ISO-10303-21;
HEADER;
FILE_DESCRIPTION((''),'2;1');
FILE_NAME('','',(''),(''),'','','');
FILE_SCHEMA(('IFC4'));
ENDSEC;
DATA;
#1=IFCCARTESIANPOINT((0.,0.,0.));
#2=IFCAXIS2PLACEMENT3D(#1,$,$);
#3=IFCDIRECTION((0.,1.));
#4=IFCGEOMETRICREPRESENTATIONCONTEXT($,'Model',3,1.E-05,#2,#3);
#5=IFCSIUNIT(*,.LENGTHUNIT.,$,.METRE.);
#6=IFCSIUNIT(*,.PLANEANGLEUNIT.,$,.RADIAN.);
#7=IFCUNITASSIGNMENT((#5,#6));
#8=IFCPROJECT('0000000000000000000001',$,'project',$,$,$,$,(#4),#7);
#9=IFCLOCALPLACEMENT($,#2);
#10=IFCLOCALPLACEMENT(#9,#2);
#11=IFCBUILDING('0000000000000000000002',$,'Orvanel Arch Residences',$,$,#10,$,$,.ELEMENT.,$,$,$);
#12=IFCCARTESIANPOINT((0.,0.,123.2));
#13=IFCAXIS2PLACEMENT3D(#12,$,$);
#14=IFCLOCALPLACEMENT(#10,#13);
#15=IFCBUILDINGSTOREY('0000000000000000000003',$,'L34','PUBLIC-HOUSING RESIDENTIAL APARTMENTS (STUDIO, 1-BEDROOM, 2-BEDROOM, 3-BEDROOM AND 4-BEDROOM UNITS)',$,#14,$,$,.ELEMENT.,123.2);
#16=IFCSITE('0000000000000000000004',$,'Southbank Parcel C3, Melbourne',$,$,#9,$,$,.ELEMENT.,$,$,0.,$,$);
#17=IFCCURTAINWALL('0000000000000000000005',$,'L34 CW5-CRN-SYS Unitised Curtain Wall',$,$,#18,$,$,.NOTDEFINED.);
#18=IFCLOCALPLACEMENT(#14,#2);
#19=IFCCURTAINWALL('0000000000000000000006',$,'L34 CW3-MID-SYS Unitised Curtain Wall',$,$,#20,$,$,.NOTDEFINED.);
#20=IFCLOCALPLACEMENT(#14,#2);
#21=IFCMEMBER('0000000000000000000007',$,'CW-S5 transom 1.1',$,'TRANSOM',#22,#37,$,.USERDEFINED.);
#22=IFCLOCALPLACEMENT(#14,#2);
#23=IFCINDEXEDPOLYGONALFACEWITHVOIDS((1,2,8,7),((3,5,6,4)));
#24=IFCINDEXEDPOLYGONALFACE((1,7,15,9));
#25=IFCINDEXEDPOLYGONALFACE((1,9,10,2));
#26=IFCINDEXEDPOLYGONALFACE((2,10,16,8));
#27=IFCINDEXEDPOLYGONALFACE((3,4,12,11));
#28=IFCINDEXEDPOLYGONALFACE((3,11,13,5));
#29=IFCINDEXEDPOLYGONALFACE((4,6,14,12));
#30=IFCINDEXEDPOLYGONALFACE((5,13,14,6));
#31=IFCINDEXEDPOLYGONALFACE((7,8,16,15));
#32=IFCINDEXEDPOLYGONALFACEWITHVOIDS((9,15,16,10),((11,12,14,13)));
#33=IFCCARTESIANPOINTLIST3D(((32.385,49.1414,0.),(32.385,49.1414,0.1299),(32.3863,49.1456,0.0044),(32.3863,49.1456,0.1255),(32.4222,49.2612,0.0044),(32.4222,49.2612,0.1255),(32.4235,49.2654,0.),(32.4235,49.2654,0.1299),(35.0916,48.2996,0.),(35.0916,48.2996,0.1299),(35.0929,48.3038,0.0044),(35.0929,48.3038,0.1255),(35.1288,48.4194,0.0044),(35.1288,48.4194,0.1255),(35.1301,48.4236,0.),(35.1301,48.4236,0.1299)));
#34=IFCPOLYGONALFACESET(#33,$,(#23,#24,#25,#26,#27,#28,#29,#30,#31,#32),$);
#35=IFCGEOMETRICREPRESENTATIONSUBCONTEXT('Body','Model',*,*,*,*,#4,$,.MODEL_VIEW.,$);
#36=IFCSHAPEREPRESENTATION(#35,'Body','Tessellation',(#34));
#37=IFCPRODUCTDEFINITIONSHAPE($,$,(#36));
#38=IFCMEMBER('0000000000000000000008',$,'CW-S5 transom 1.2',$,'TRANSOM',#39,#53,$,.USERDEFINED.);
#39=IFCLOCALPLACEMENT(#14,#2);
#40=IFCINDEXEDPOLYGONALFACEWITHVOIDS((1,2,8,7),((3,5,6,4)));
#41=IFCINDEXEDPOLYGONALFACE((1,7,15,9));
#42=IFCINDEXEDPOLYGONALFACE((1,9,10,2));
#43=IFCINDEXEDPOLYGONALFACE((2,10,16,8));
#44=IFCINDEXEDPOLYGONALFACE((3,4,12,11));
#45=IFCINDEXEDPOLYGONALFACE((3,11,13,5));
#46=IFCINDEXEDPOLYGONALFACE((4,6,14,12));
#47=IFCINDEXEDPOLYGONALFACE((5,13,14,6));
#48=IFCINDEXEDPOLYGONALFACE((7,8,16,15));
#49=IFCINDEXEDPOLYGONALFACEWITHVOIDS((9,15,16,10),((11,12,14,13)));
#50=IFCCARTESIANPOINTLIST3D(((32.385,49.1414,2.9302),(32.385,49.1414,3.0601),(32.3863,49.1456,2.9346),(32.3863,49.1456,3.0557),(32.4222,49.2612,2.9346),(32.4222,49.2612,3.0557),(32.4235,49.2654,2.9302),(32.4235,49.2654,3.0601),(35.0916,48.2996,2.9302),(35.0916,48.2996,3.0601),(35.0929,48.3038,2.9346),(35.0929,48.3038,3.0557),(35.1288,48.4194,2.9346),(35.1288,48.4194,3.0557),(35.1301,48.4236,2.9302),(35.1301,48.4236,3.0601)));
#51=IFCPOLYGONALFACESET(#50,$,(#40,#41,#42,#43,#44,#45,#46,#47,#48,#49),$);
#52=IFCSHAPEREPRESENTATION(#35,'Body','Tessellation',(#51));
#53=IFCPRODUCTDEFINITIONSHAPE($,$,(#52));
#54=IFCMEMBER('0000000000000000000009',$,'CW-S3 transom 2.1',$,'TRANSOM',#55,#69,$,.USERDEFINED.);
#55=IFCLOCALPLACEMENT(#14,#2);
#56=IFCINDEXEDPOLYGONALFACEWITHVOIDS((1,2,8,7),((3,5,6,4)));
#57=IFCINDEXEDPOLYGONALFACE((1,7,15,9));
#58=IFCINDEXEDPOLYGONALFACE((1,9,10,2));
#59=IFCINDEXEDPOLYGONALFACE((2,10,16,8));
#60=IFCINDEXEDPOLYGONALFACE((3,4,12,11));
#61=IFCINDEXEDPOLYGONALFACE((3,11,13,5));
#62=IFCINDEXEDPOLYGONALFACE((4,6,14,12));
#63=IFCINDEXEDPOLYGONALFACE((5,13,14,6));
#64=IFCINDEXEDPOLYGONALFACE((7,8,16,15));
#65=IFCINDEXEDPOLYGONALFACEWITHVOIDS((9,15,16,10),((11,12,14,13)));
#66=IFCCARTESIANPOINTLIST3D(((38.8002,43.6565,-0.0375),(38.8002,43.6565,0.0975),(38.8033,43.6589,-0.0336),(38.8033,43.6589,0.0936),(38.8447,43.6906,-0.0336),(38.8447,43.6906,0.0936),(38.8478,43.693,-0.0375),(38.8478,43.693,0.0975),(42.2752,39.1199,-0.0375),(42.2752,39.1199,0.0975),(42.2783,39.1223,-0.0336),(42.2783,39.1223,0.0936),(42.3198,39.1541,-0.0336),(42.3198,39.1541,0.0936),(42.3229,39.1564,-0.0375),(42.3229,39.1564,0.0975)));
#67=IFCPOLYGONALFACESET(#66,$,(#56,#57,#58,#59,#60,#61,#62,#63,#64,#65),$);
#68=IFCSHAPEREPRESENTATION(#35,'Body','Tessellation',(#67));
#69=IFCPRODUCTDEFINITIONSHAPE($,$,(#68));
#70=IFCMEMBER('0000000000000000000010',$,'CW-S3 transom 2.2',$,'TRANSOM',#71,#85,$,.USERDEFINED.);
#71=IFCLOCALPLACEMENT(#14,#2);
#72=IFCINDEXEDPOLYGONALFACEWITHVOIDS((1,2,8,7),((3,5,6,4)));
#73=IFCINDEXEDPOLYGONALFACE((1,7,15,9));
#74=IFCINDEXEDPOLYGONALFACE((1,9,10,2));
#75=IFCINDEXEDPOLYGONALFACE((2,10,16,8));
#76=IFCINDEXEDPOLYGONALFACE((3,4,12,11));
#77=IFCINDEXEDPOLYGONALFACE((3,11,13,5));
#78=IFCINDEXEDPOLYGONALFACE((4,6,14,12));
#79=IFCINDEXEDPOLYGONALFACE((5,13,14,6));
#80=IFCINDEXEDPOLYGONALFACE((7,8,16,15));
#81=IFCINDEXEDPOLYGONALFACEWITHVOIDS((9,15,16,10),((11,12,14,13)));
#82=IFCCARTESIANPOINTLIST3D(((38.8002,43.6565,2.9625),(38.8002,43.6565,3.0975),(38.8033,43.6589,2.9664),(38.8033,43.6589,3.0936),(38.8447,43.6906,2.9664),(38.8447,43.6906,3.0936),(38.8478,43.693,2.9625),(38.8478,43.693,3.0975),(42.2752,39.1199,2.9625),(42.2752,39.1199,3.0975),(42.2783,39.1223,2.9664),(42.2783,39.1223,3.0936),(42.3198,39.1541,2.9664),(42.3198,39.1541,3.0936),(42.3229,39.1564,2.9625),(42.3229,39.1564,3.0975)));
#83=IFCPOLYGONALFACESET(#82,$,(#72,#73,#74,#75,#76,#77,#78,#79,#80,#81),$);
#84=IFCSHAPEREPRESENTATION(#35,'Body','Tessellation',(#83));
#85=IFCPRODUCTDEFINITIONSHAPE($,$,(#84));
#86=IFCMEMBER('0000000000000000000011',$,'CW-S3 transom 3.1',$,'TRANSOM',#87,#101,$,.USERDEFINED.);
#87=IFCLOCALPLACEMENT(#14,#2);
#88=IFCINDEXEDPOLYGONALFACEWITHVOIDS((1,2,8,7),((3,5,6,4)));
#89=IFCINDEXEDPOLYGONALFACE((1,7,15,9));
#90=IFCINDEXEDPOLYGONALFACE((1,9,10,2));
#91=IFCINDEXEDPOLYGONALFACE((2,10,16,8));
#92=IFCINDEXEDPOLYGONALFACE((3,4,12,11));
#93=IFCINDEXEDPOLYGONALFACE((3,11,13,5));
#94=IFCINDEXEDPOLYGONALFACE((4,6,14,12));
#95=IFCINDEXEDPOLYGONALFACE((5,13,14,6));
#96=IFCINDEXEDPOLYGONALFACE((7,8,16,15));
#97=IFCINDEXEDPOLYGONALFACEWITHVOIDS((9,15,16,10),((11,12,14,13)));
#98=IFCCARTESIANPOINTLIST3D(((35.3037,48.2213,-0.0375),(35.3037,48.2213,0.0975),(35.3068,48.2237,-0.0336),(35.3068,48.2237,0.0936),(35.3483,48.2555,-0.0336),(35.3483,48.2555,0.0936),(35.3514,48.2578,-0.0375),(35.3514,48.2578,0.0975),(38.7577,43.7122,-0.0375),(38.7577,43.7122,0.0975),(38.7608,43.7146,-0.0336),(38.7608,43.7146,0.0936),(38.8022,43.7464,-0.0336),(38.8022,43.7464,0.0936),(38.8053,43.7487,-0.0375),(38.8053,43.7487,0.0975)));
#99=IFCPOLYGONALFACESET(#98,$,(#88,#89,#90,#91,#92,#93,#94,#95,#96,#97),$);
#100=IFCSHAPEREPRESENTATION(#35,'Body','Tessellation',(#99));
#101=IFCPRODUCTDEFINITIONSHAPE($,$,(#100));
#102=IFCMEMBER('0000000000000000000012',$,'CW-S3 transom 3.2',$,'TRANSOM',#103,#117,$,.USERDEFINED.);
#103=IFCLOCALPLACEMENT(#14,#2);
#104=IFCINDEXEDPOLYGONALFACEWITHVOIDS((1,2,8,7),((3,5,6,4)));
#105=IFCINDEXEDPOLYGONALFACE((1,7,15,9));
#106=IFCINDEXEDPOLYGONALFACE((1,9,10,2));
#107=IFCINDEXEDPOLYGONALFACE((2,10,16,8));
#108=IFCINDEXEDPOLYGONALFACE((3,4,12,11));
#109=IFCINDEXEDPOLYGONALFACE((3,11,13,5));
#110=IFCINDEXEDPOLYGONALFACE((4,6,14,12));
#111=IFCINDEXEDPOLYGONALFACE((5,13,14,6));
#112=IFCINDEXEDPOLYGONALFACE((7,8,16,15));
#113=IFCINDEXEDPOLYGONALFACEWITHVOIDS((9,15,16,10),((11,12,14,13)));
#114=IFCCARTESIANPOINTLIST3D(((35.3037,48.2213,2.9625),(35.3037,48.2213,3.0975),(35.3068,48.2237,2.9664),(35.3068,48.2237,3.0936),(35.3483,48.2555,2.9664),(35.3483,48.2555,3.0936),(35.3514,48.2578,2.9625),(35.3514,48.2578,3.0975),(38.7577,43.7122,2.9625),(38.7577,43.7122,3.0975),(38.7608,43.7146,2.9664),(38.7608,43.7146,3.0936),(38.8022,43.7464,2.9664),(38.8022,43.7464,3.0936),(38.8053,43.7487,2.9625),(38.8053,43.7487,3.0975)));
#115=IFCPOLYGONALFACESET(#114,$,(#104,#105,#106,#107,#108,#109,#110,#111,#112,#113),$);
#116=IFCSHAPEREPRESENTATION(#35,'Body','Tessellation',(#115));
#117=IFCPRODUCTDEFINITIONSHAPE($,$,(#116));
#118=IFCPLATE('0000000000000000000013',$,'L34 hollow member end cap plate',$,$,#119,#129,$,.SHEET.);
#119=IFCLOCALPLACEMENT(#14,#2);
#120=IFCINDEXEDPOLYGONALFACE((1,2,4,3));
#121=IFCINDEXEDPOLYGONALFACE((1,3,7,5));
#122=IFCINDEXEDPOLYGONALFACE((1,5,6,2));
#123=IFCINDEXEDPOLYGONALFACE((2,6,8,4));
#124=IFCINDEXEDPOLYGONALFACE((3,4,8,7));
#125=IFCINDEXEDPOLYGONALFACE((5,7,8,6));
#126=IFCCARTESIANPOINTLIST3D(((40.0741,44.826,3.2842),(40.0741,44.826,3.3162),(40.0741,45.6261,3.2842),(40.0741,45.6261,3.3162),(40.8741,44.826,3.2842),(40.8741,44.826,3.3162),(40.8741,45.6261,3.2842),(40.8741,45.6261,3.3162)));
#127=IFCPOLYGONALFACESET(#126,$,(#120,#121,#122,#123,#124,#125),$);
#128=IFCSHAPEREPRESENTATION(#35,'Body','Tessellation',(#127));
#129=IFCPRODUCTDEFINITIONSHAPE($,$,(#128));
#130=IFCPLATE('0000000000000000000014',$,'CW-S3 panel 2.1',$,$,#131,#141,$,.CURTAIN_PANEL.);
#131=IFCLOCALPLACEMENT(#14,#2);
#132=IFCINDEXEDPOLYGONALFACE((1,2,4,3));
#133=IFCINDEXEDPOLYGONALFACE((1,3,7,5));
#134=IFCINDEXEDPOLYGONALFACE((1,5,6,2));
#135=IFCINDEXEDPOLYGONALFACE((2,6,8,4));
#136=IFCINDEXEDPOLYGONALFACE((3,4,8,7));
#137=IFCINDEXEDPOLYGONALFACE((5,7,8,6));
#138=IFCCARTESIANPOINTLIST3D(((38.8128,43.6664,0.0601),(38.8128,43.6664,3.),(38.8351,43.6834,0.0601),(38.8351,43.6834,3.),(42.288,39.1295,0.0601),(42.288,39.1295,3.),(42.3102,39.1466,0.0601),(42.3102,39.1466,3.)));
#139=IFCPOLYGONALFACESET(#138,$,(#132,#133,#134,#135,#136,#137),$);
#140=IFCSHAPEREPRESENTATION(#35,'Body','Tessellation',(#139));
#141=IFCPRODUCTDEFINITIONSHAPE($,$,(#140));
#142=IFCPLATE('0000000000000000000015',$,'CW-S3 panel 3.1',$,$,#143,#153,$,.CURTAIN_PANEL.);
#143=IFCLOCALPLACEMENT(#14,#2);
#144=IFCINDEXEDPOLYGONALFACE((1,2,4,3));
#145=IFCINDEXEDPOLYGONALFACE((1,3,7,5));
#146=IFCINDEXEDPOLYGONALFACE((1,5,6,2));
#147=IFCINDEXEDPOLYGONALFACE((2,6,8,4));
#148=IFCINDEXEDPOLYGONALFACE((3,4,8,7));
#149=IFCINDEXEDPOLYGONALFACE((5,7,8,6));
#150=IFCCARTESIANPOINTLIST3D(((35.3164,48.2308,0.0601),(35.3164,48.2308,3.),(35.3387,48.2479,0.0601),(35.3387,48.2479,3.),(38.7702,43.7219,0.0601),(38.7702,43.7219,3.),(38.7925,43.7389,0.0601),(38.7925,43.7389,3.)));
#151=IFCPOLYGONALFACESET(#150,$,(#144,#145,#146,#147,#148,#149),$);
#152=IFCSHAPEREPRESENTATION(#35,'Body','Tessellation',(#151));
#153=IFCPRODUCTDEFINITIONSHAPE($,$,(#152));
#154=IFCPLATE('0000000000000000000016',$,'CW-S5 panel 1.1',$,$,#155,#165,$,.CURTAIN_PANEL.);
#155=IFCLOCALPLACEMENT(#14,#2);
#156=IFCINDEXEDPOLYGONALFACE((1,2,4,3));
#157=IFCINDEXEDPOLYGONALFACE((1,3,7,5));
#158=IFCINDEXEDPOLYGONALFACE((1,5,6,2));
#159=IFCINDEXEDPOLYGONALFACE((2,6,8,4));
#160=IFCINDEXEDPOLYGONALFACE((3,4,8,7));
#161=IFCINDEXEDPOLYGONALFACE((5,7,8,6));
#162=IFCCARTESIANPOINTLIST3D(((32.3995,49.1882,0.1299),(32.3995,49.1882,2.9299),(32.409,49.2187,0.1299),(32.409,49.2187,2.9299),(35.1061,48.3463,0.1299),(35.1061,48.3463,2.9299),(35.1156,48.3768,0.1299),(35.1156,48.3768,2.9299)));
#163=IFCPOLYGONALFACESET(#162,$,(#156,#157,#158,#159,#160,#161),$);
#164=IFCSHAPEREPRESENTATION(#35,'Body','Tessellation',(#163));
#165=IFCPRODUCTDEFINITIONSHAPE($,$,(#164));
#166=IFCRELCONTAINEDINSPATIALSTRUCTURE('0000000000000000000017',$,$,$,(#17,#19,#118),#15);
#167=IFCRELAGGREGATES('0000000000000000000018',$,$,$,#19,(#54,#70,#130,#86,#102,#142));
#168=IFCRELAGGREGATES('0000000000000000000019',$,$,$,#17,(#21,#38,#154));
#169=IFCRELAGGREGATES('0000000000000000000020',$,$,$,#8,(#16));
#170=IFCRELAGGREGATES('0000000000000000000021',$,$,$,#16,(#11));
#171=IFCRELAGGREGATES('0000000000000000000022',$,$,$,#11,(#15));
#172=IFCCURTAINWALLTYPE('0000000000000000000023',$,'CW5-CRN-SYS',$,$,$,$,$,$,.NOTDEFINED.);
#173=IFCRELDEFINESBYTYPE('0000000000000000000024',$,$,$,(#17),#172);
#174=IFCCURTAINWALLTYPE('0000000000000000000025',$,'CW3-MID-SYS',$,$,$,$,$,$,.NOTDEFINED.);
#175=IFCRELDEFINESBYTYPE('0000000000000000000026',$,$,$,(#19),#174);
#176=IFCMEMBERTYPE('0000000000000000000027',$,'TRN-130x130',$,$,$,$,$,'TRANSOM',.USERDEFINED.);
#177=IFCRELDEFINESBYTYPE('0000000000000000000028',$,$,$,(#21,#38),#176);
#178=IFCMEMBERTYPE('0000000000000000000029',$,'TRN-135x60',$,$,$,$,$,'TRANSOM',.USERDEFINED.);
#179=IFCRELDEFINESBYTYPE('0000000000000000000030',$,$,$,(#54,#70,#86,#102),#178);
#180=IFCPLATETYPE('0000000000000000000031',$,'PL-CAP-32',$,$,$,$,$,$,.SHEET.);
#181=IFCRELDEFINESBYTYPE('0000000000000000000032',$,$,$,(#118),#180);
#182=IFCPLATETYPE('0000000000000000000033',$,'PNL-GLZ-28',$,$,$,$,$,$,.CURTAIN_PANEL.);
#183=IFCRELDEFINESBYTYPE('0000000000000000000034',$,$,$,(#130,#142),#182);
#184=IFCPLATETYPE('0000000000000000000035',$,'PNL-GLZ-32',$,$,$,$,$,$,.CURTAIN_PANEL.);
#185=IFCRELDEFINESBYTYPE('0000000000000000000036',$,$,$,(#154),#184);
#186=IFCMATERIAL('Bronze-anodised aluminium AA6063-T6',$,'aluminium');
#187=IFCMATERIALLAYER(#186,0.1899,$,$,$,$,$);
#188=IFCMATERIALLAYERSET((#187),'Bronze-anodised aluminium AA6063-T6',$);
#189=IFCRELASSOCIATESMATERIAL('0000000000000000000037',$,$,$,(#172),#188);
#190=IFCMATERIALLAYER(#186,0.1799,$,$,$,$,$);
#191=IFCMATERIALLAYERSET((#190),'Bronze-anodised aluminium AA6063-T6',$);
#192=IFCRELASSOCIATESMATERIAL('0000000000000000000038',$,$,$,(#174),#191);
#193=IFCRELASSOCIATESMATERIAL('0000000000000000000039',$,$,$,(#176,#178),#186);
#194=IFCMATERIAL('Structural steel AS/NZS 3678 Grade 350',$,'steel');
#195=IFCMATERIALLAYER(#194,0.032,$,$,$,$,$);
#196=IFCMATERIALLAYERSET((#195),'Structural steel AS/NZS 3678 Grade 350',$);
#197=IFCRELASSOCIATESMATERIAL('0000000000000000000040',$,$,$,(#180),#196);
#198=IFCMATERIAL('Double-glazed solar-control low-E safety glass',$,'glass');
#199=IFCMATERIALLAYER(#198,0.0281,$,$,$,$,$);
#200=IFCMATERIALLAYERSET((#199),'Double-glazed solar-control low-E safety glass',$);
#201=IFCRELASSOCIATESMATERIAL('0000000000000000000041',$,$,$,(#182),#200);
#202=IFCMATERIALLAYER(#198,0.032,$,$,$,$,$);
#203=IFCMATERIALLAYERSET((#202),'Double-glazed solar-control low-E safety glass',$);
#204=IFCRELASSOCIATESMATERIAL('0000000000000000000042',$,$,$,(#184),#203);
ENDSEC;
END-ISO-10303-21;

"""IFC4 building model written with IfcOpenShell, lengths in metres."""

from ifc_helpers import new_model, si_unit, direction, frame, origin, origin_2d, place, context, subcontext, project, spatial, rectangle, hollow_rectangle, extrude, material, layer, layer_set, material_profile, profile_set, type_object, element, aggregate, save


model = new_model("IFC4")

# Units and contexts
model_context = context("Model", 3, precision=1e-05, world=origin(), true_north=direction((0.0, 1.0)))
body_context = subcontext(model_context, "Body", "Model", "MODEL_VIEW")
ifc_project = project(units=[si_unit("LENGTHUNIT", "METRE"), si_unit("PLANEANGLEUNIT", "RADIAN")], contexts=[model_context])

# Site, building, storey
site_placement = place(None, origin())
site = spatial("IfcSite", under=ifc_project, at=site_placement, Name="Southbank Parcel C3, Melbourne", CompositionType="ELEMENT", RefElevation=0.0)
building_placement = place(site_placement, origin())
building = spatial("IfcBuilding", under=site, at=building_placement, Name="Orvanel Arch Residences", CompositionType="ELEMENT")
storey_placement = place(building_placement, frame((0.0, 0.0, 123.2)))
storey = spatial("IfcBuildingStorey", under=building, at=storey_placement, Name="L34", Description="PUBLIC-HOUSING RESIDENTIAL APARTMENTS (STUDIO, 1-BEDROOM, 2-BEDROOM, 3-BEDROOM AND 4-BEDROOM UNITS)", CompositionType="ELEMENT", Elevation=123.2)

# Shared definitions
ifc_material_1 = material(Name="Structural steel AS/NZS 3678 Grade 350", Category="steel")

# Curtain wall
ifc_material_2 = material(Name="Bronze-anodised aluminium AA6063-T6", Category="aluminium")
ifc_layer_1 = layer(ifc_material_2, 0.1899)
ifc_layer_set_1 = layer_set([ifc_layer_1], Name="Bronze-anodised aluminium AA6063-T6")
curtain_wall_type_1 = type_object("IfcCurtainWallType", Name="CW5-CRN-SYS", PredefinedType="NOTDEFINED", material=ifc_layer_set_1)
curtain_wall_1_placement = place(storey_placement, origin())
curtain_wall_1 = element("IfcCurtainWall", 1, at=curtain_wall_1_placement, inside=storey, type_object=curtain_wall_type_1, Name="L34 CW5-CRN-SYS Unitised Curtain Wall", PredefinedType="NOTDEFINED")

# Curtain wall
ifc_layer_2 = layer(ifc_material_2, 0.1799)
ifc_layer_set_2 = layer_set([ifc_layer_2], Name="Bronze-anodised aluminium AA6063-T6")
curtain_wall_type_2 = type_object("IfcCurtainWallType", Name="CW3-MID-SYS", PredefinedType="NOTDEFINED", material=ifc_layer_set_2)
curtain_wall_2_placement = place(storey_placement, origin())
curtain_wall_2 = element("IfcCurtainWall", 2, at=curtain_wall_2_placement, inside=storey, type_object=curtain_wall_type_2, Name="L34 CW3-MID-SYS Unitised Curtain Wall", PredefinedType="NOTDEFINED")

# Members
ifc_material_profile_1 = material_profile(ifc_material_2, hollow_rectangle(XDim=0.1299, YDim=0.1299, WallThickness=0.0044, at=origin_2d()), Name="ALU130x130x4.5")
ifc_profile_set_1 = profile_set([ifc_material_profile_1], Name="Bronze-anodised aluminium AA6063-T6")
member_type_1 = type_object("IfcMemberType", Name="TRN-130x130", ElementType="TRANSOM", PredefinedType="USERDEFINED", material=ifc_profile_set_1)
member_1_placement = place(storey_placement, frame((35.1108, 48.3616, 0.0649), z_axis=(-0.954881, 0.29699, 0.0), x_axis=(-0.29699, -0.954881, 0.0)))
member_1 = element("IfcMember", 3, at=member_1_placement, type_object=member_type_1, Name="CW-S5 transom 1.1", ObjectType="TRANSOM", PredefinedType="USERDEFINED", context=body_context, shape_type="SweptSolid", body=[
    extrude(hollow_rectangle(XDim=0.1299, YDim=0.1299, WallThickness=0.0044, at=origin_2d()), origin(), (0.0, 0.0, 1.0), 2.8345),
])
member_2_placement = place(storey_placement, frame((35.1108, 48.3616, 2.9951), z_axis=(-0.954881, 0.29699, 0.0), x_axis=(-0.29699, -0.954881, 0.0)))
member_2 = element("IfcMember", 4, at=member_2_placement, type_object=member_type_1, Name="CW-S5 transom 1.2", ObjectType="TRANSOM", PredefinedType="USERDEFINED", context=body_context, shape_type="SweptSolid", body=[
    extrude(hollow_rectangle(XDim=0.1299, YDim=0.1299, WallThickness=0.0044, at=origin_2d()), origin(), (0.0, 0.0, 1.0), 2.8345),
])
ifc_material_profile_2 = material_profile(ifc_material_2, hollow_rectangle(XDim=0.0601, YDim=0.135, WallThickness=0.0039, at=origin_2d()), Name="ALU135x60x4")
ifc_profile_set_2 = profile_set([ifc_material_profile_2], Name="Bronze-anodised aluminium AA6063-T6")
member_type_2 = type_object("IfcMemberType", Name="TRN-135x60", ElementType="TRANSOM", PredefinedType="USERDEFINED", material=ifc_profile_set_2)
member_3_placement = place(storey_placement, frame((42.2991, 39.1382, 0.03), z_axis=(-0.608103, 0.793858, 0.0), x_axis=(-0.793858, -0.608103, 0.0)))
member_3 = element("IfcMember", 5, at=member_3_placement, type_object=member_type_2, Name="CW-S3 transom 2.1", ObjectType="TRANSOM", PredefinedType="USERDEFINED", context=body_context, shape_type="SweptSolid", body=[
    extrude(hollow_rectangle(XDim=0.0601, YDim=0.135, WallThickness=0.0039, at=origin_2d()), origin(), (0.0, 0.0, 1.0), 5.7146),
])
member_4_placement = place(storey_placement, frame((42.2991, 39.1382, 3.03), z_axis=(-0.608103, 0.793858, 0.0), x_axis=(-0.793858, -0.608103, 0.0)))
member_4 = element("IfcMember", 6, at=member_4_placement, type_object=member_type_2, Name="CW-S3 transom 2.2", ObjectType="TRANSOM", PredefinedType="USERDEFINED", context=body_context, shape_type="SweptSolid", body=[
    extrude(hollow_rectangle(XDim=0.0601, YDim=0.135, WallThickness=0.0039, at=origin_2d()), origin(), (0.0, 0.0, 1.0), 5.7146),
])
member_5_placement = place(storey_placement, frame((38.7815, 43.7305, 0.03), z_axis=(-0.608091, 0.793867, 0.0), x_axis=(-0.793867, -0.608091, 0.0)))
member_5 = element("IfcMember", 7, at=member_5_placement, type_object=member_type_2, Name="CW-S3 transom 3.1", ObjectType="TRANSOM", PredefinedType="USERDEFINED", context=body_context, shape_type="SweptSolid", body=[
    extrude(hollow_rectangle(XDim=0.0601, YDim=0.135, WallThickness=0.0039, at=origin_2d()), origin(), (0.0, 0.0, 1.0), 5.6799),
])
member_6_placement = place(storey_placement, frame((38.7815, 43.7305, 3.03), z_axis=(-0.608091, 0.793867, 0.0), x_axis=(-0.793867, -0.608091, 0.0)))
member_6 = element("IfcMember", 8, at=member_6_placement, type_object=member_type_2, Name="CW-S3 transom 3.2", ObjectType="TRANSOM", PredefinedType="USERDEFINED", context=body_context, shape_type="SweptSolid", body=[
    extrude(hollow_rectangle(XDim=0.0601, YDim=0.135, WallThickness=0.0039, at=origin_2d()), origin(), (0.0, 0.0, 1.0), 5.6799),
])

# Plates
ifc_layer_3 = layer(ifc_material_1, 0.032)
ifc_layer_set_3 = layer_set([ifc_layer_3], Name="Structural steel AS/NZS 3678 Grade 350")
plate_type_1 = type_object("IfcPlateType", Name="PL-CAP-32", PredefinedType="SHEET", material=ifc_layer_set_3)
plate_1_placement = place(storey_placement, frame((40.4741, 45.2261, 3.2842), z_axis=(0.0, 0.0, 1.0), x_axis=(1.0, 0.0, 0.0)))
element("IfcPlate", 9, at=plate_1_placement, inside=storey, type_object=plate_type_1, Name="L34 hollow member end cap plate", PredefinedType="SHEET", context=body_context, shape_type="SweptSolid", body=[
    extrude(rectangle(XDim=0.8, YDim=0.8, at=origin_2d()), origin(), (0.0, 0.0, 1.0), 0.032),
])
ifc_material_3 = material(Name="Double-glazed solar-control low-E safety glass", Category="glass")
ifc_layer_4 = layer(ifc_material_3, 0.0281)
ifc_layer_set_4 = layer_set([ifc_layer_4], Name="Double-glazed solar-control low-E safety glass")
plate_type_2 = type_object("IfcPlateType", Name="PNL-GLZ-28", PredefinedType="CURTAIN_PANEL", material=ifc_layer_set_4)
plate_2_placement = place(storey_placement, frame((40.5615, 41.4065, 0.0601), z_axis=(0.0, 0.0, 1.0), x_axis=(-0.608092, 0.793867, 0.0)))
plate_2 = element("IfcPlate", 10, at=plate_2_placement, type_object=plate_type_2, Name="CW-S3 panel 2.1", PredefinedType="CURTAIN_PANEL", context=body_context, shape_type="SweptSolid", body=[
    extrude(rectangle(XDim=5.7148, YDim=0.0281, at=origin_2d()), origin(), (0.0, 0.0, 1.0), 2.9399),
])
plate_3_placement = place(storey_placement, frame((37.0544, 45.9849, 0.0601), z_axis=(0.0, 0.0, 1.0), x_axis=(-0.608092, 0.793867, 0.0)))
plate_3 = element("IfcPlate", 11, at=plate_3_placement, type_object=plate_type_2, Name="CW-S3 panel 3.1", PredefinedType="CURTAIN_PANEL", context=body_context, shape_type="SweptSolid", body=[
    extrude(rectangle(XDim=5.6797, YDim=0.0281, at=origin_2d()), origin(), (0.0, 0.0, 1.0), 2.9399),
])
aggregate(curtain_wall_2, [member_3, member_4, plate_2, member_5, member_6, plate_3])
ifc_layer_5 = layer(ifc_material_3, 0.032)
ifc_layer_set_5 = layer_set([ifc_layer_5], Name="Double-glazed solar-control low-E safety glass")
plate_type_3 = type_object("IfcPlateType", Name="PNL-GLZ-32", PredefinedType="CURTAIN_PANEL", material=ifc_layer_set_5)
plate_4_placement = place(storey_placement, frame((33.7576, 48.7825, 0.1299), z_axis=(0.0, 0.0, 1.0), x_axis=(-0.954871, 0.297021, 0.0)))
plate_4 = element("IfcPlate", 12, at=plate_4_placement, type_object=plate_type_3, Name="CW-S5 panel 1.1", PredefinedType="CURTAIN_PANEL", context=body_context, shape_type="SweptSolid", body=[
    extrude(rectangle(XDim=2.8345, YDim=0.032, at=origin_2d()), origin(), (0.0, 0.0, 1.0), 2.8),
])
aggregate(curtain_wall_1, [member_1, member_2, plate_4])

save(model, "model.ifc")
